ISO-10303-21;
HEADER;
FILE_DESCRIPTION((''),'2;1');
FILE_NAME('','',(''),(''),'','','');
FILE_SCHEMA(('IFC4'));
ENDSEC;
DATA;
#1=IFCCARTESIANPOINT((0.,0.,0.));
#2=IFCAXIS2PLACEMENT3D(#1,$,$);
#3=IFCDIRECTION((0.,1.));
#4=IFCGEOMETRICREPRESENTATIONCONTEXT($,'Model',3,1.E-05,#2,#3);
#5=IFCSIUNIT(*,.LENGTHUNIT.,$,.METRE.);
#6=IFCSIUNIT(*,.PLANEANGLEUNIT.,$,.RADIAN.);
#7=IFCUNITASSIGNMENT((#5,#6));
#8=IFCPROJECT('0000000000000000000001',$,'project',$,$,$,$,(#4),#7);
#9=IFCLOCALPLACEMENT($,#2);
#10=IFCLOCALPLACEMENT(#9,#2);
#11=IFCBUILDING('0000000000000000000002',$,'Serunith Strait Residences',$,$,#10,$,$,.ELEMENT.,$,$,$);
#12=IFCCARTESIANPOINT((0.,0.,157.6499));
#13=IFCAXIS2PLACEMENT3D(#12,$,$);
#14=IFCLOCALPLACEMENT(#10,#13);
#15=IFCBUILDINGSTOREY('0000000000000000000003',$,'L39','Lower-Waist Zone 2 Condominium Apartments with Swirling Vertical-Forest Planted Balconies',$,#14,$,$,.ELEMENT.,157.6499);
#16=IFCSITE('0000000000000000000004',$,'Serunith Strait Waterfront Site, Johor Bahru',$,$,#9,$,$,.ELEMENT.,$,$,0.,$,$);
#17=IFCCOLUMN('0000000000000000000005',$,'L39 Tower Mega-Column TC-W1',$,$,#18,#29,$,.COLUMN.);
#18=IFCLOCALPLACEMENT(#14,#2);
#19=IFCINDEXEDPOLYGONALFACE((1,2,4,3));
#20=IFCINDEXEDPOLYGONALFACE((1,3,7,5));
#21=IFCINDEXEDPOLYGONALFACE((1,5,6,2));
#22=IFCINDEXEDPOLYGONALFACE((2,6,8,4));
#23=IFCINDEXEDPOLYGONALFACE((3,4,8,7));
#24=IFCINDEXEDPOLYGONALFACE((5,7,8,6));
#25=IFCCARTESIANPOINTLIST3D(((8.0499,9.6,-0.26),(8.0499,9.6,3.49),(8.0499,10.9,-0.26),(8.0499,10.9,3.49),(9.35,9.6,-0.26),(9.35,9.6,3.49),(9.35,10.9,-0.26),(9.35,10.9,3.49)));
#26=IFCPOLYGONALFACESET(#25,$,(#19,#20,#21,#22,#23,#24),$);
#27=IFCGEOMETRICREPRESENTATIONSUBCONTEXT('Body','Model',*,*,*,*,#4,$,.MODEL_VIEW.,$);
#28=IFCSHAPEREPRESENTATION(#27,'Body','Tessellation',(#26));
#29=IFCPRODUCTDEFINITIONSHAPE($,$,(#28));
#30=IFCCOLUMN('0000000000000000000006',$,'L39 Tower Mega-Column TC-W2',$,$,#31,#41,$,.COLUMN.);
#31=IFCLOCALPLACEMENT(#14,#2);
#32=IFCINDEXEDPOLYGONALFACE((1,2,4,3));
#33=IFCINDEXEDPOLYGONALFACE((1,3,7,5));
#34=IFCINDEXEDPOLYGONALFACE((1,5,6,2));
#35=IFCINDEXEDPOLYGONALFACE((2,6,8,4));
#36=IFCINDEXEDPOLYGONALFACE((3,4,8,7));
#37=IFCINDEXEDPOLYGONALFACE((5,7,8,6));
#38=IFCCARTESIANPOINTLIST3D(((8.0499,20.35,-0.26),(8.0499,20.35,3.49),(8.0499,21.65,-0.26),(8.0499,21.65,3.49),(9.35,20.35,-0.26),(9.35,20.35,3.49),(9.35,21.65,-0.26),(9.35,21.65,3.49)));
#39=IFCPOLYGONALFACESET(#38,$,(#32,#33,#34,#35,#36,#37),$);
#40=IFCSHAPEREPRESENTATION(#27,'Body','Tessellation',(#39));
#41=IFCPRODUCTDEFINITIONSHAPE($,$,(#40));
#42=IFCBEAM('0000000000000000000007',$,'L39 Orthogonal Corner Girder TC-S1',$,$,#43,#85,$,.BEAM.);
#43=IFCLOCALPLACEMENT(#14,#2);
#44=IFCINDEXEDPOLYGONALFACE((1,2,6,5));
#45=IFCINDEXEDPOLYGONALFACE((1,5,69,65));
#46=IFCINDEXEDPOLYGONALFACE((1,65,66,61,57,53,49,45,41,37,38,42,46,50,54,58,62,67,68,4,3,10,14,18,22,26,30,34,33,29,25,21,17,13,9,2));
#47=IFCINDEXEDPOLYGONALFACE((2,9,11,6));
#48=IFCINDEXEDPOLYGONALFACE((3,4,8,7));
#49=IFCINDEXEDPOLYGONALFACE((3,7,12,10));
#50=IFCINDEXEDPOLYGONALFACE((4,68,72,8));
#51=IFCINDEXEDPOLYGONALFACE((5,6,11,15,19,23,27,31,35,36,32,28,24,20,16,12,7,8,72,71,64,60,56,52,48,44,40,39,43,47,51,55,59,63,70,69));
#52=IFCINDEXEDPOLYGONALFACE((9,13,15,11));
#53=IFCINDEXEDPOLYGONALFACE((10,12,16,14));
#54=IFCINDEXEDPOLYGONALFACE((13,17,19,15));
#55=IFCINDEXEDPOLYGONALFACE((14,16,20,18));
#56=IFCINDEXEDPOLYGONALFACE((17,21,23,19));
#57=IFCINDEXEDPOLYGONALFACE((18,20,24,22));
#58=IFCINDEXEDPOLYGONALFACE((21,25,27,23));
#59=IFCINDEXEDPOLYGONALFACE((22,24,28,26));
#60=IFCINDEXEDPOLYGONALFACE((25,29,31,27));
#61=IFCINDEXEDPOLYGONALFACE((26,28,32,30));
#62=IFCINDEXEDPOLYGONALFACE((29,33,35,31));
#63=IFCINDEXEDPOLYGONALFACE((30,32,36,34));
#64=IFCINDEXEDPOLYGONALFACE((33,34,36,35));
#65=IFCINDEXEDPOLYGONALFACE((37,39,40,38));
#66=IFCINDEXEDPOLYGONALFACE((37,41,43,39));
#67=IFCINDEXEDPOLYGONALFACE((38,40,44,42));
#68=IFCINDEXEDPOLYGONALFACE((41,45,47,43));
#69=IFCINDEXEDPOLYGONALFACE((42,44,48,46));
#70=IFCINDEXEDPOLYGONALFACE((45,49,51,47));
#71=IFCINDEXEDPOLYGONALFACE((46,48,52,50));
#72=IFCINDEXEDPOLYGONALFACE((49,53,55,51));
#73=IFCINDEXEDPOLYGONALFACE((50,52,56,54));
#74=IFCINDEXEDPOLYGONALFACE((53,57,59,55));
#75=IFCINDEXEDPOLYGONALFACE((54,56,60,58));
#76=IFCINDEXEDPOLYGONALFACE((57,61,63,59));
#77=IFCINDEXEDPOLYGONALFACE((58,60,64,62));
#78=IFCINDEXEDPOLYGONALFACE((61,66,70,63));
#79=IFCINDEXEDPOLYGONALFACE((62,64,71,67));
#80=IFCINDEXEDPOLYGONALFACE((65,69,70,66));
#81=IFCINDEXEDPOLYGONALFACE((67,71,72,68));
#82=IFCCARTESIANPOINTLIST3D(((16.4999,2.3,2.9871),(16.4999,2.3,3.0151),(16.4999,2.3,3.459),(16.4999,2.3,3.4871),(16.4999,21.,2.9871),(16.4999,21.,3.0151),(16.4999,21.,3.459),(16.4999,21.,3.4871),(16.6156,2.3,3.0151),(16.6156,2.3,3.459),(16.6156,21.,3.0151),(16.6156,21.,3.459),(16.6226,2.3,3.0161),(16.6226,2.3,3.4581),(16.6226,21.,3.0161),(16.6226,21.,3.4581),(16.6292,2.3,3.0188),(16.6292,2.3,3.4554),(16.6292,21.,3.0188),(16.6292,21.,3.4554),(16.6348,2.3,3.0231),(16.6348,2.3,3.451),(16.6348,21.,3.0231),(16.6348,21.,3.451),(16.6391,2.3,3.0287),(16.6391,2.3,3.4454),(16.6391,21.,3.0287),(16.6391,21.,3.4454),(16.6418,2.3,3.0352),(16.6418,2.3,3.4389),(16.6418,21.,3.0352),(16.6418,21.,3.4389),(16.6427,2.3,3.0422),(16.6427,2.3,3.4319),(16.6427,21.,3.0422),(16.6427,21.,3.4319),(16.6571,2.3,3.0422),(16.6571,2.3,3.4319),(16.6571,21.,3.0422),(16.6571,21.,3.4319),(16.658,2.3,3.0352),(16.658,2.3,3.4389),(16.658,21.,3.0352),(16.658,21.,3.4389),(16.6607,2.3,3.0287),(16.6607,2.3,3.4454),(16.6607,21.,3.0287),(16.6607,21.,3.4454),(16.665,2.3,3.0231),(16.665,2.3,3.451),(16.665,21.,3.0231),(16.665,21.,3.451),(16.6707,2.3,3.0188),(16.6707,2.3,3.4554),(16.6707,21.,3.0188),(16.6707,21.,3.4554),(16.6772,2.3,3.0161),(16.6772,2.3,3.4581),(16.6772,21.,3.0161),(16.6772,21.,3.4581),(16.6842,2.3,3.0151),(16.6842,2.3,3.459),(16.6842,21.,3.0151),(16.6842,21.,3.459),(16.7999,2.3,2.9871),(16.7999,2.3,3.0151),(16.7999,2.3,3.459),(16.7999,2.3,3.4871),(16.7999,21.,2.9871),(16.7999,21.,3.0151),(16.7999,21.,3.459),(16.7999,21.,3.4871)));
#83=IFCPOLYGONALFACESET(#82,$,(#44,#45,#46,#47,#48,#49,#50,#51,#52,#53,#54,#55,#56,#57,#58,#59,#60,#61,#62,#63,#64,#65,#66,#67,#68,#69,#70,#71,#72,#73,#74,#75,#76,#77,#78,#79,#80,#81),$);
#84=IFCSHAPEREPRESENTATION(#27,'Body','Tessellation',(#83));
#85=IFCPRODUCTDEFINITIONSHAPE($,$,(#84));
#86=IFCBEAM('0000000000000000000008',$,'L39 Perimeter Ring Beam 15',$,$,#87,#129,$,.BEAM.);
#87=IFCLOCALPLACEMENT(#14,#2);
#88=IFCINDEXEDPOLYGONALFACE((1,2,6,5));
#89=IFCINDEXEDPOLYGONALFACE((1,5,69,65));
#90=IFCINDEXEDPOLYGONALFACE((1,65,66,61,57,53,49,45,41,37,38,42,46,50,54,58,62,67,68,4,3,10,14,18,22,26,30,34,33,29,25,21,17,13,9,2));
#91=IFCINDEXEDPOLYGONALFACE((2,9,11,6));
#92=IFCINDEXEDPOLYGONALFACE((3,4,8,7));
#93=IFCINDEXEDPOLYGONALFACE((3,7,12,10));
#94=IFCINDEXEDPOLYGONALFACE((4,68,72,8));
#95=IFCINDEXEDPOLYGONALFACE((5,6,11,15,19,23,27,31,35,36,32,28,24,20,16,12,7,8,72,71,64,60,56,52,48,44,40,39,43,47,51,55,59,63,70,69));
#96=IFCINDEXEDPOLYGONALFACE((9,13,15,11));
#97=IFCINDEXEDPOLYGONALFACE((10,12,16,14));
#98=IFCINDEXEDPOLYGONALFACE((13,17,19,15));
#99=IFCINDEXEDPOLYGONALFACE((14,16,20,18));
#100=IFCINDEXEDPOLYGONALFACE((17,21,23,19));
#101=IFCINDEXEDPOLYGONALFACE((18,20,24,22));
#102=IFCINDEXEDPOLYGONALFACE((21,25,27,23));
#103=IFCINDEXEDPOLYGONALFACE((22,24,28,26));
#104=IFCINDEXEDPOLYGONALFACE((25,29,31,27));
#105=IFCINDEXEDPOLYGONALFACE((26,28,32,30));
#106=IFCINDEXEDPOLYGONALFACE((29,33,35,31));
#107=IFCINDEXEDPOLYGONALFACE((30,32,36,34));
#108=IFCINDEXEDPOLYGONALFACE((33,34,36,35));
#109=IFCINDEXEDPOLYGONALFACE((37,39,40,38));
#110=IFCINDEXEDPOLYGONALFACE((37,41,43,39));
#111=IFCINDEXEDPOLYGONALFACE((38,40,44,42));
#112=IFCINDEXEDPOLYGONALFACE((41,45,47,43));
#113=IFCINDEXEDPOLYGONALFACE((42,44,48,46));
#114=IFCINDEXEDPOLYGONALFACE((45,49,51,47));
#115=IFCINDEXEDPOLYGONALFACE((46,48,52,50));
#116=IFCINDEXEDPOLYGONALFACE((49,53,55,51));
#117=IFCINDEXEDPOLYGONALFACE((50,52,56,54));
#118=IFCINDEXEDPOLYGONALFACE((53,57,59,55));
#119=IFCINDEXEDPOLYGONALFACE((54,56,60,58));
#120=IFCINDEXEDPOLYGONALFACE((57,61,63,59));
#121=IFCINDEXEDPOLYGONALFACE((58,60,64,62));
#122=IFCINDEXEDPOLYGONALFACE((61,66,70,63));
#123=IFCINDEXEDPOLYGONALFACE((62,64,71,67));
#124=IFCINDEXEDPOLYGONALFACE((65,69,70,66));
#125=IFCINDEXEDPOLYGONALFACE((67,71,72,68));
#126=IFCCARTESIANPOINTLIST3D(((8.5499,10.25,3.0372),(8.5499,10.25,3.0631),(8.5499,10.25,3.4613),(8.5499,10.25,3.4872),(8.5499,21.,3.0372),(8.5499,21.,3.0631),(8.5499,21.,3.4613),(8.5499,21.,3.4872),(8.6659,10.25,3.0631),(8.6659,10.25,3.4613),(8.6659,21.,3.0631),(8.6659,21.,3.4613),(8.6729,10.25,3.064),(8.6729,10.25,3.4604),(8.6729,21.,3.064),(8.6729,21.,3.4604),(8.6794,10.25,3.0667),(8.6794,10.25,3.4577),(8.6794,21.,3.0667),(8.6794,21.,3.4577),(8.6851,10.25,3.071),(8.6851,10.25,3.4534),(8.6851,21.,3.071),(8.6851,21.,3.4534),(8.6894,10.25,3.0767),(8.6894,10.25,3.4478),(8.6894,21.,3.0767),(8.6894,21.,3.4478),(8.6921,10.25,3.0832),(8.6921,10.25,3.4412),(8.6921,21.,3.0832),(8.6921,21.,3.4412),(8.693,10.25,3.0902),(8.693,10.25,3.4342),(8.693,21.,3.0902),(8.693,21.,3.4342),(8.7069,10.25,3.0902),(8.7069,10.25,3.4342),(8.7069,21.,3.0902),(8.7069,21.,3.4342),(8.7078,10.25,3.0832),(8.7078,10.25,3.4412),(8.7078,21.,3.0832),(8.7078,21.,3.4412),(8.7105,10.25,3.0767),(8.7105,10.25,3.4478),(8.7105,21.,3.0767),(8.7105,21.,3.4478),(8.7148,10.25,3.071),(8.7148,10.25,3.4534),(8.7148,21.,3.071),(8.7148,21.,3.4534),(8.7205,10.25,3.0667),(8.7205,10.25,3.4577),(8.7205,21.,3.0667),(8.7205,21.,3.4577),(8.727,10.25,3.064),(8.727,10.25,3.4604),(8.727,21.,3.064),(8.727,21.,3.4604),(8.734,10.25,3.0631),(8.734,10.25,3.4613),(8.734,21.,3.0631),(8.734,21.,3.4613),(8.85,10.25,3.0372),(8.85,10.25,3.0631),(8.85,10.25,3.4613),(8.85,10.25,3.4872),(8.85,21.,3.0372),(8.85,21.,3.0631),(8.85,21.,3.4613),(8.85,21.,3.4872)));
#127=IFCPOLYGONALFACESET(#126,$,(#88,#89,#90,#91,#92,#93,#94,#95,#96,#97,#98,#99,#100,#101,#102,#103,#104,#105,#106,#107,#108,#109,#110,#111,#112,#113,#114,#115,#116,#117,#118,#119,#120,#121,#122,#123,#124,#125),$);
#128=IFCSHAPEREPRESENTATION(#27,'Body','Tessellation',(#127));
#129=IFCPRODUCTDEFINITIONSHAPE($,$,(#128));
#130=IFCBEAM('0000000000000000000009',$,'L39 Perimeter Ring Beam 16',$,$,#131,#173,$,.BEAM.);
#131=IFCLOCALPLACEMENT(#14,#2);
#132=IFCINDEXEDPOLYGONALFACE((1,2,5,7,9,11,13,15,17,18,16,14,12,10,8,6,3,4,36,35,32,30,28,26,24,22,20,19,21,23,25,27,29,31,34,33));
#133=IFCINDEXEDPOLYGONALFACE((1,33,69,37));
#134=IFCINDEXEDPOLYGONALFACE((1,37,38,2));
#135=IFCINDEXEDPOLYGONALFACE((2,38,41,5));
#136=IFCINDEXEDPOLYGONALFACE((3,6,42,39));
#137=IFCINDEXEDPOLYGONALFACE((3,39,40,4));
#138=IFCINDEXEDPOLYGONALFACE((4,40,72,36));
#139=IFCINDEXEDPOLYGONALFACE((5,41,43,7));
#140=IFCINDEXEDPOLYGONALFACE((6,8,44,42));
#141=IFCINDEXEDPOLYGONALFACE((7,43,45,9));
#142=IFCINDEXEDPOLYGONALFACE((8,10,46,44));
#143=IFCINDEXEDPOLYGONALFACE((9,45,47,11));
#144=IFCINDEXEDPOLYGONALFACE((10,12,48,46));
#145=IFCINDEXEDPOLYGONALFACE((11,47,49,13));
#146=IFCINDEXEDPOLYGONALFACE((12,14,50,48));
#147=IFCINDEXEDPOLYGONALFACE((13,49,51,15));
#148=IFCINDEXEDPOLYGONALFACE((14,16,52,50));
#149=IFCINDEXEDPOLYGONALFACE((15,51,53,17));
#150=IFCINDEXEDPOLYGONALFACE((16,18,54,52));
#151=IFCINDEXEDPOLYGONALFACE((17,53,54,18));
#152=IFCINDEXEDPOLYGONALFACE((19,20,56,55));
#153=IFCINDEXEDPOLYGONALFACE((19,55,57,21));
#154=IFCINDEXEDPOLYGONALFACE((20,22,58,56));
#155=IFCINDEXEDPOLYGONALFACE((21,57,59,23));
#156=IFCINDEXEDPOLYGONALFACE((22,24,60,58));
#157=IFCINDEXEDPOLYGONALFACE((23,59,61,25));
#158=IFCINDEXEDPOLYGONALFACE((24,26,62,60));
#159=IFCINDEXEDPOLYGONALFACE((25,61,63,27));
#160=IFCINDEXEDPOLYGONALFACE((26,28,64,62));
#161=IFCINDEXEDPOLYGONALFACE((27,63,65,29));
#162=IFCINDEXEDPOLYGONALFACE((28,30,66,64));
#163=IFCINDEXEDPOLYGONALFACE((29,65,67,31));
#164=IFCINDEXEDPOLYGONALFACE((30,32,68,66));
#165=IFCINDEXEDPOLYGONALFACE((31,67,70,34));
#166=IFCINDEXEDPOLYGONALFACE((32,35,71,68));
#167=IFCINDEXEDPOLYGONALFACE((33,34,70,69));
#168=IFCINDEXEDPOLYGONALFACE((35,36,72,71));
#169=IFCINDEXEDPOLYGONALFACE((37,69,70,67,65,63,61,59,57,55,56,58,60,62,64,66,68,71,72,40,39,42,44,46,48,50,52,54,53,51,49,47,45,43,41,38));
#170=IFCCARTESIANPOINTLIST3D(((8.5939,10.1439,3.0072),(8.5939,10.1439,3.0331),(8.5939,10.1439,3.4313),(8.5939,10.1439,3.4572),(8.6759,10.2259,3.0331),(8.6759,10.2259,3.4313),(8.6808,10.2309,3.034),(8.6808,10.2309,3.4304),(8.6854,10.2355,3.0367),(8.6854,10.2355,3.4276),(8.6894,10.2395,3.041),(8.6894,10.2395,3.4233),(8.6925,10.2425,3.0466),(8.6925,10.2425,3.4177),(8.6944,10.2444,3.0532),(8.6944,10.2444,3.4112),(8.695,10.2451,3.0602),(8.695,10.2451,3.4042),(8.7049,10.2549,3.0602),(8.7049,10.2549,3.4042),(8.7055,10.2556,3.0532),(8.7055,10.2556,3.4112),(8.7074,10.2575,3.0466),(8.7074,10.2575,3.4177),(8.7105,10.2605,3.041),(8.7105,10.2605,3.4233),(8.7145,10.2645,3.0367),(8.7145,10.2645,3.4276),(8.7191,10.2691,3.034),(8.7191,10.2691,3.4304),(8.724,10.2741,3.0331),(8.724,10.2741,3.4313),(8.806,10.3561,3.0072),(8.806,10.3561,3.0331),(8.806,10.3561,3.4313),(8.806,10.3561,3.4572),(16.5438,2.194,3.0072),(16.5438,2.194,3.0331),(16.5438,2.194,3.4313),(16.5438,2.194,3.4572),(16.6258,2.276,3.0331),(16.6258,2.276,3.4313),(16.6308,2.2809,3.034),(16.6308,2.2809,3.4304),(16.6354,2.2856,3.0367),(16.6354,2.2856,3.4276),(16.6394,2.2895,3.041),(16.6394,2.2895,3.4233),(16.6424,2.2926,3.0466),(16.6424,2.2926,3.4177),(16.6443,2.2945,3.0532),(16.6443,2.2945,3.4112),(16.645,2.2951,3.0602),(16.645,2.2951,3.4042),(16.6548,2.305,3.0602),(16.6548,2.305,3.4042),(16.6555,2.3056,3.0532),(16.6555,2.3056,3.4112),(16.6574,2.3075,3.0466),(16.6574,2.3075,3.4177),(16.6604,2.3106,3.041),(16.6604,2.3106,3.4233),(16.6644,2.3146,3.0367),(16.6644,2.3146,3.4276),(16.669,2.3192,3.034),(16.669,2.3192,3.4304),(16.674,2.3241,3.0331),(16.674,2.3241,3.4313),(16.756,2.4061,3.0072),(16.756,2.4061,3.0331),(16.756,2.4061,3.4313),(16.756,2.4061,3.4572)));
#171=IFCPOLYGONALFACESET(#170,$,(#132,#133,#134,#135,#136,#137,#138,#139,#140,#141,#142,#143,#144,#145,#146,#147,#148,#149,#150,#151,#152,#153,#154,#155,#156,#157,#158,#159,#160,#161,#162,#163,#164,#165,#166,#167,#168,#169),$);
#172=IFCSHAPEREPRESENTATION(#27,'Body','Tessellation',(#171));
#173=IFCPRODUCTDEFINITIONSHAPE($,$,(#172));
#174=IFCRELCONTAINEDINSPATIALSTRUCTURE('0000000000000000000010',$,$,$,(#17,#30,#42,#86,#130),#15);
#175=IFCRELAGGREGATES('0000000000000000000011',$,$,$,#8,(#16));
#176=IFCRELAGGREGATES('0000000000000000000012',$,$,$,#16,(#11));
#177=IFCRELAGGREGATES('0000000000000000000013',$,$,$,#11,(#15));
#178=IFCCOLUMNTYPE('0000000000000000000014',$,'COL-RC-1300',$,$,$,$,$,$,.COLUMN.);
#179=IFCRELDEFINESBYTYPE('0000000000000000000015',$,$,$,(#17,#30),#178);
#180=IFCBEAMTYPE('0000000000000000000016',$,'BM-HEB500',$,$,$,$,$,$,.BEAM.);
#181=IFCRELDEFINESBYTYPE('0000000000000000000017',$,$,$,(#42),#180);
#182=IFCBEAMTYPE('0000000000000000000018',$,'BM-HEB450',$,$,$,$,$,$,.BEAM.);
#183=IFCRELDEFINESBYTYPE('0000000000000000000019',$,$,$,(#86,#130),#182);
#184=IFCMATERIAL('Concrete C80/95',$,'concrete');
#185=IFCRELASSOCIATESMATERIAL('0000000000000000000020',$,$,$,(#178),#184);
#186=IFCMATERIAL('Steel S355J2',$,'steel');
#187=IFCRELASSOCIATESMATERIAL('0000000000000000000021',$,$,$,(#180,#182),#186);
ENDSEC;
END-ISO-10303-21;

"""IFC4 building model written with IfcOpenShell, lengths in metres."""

from ifc_helpers import new_model, si_unit, direction, frame, origin, origin_2d, place, context, subcontext, project, spatial, rectangle, i_section, extrude, source, transform, mapped, material, material_profile, profile_set, type_object, element, save


model = new_model("IFC4")

# Units and contexts
model_context = context("Model", 3, precision=1e-05, world=origin(), true_north=direction((0.0, 1.0)))
body_context = subcontext(model_context, "Body", "Model", "MODEL_VIEW")
ifc_project = project(units=[si_unit("LENGTHUNIT", "METRE"), si_unit("PLANEANGLEUNIT", "RADIAN")], contexts=[model_context])

# Site, building, storey
site_placement = place(None, origin())
site = spatial("IfcSite", under=ifc_project, at=site_placement, Name="Serunith Strait Waterfront Site, Johor Bahru", CompositionType="ELEMENT", RefElevation=0.0)
building_placement = place(site_placement, origin())
building = spatial("IfcBuilding", under=site, at=building_placement, Name="Serunith Strait Residences", CompositionType="ELEMENT")
storey_placement = place(building_placement, frame((0.0, 0.0, 157.6499)))
storey = spatial("IfcBuildingStorey", under=building, at=storey_placement, Name="L39", Description="Lower-Waist Zone 2 Condominium Apartments with Swirling Vertical-Forest Planted Balconies", CompositionType="ELEMENT", Elevation=157.6499)

# Columns
ifc_material_1 = material(Name="Concrete C80/95", Category="concrete")
ifc_material_profile_1 = material_profile(ifc_material_1, rectangle(XDim=1.3, YDim=1.3, at=origin_2d()), Name="RC 1300x1300")
ifc_profile_set_1 = profile_set([ifc_material_profile_1], Name="Concrete C80/95")
column_type = type_object("IfcColumnType", Name="COL-RC-1300", PredefinedType="COLUMN", material=ifc_profile_set_1)
shared_shape_1 = source(origin(), body_context, "Body", "SweptSolid", [
    extrude(rectangle(XDim=1.3, YDim=1.3, at=origin_2d()), origin(), (0.0, 0.0, 1.0), 3.75),
])
for number, where, z_axis, x_axis, name in (
    (1, (8.7, 10.25, -0.26), (0.0, 0.0, 1.0), (1.0, 0.0, 0.0), "L39 Tower Mega-Column TC-W1"),
    (2, (8.7, 21.0, -0.26), (0.0, 0.0, 1.0), (1.0, 0.0, 0.0), "L39 Tower Mega-Column TC-W2"),
):
    element("IfcColumn", number, at=place(storey_placement, frame(where, z_axis=z_axis, x_axis=x_axis)), inside=storey, type_object=column_type, Name=name, PredefinedType="COLUMN", context=body_context, shape_type="MappedRepresentation", body=[
        mapped(shared_shape_1, transform((0.0, 0.0, 0.0), scale=1.0)),
    ])

# Beams
ifc_material_2 = material(Name="Steel S355J2", Category="steel")
ifc_material_profile_2 = material_profile(ifc_material_2, i_section(OverallWidth=0.3, OverallDepth=0.5, WebThickness=0.0144, FlangeThickness=0.0281, FilletRadius=0.0271, at=origin_2d()), Name="HEB 500")
ifc_profile_set_2 = profile_set([ifc_material_profile_2], Name="Steel S355J2")
beam_type_1 = type_object("IfcBeamType", Name="BM-HEB500", PredefinedType="BEAM", material=ifc_profile_set_2)
shared_shape_2 = source(origin(), body_context, "Body", "SweptSolid", [
    extrude(i_section(OverallWidth=0.3, OverallDepth=0.5, WebThickness=0.0144, FlangeThickness=0.0281, FilletRadius=0.0271, at=origin_2d()), origin(), (0.0, 0.0, 1.0), 18.7),
])
beam_1_placement = place(storey_placement, frame((16.6499, 21.0, 3.2371), z_axis=(0.0, -1.0, 0.0), x_axis=(1.0, 0.0, 0.0)))
element("IfcBeam", 3, at=beam_1_placement, inside=storey, type_object=beam_type_1, Name="L39 Orthogonal Corner Girder TC-S1", PredefinedType="BEAM", context=body_context, shape_type="MappedRepresentation", body=[
    mapped(shared_shape_2, transform((0.0, 0.0, 0.0), scale=1.0)),
])
ifc_material_profile_3 = material_profile(ifc_material_2, i_section(OverallWidth=0.3, OverallDepth=0.45, WebThickness=0.0139, FlangeThickness=0.0259, FilletRadius=0.0271, at=origin_2d()), Name="HEB 450")
ifc_profile_set_3 = profile_set([ifc_material_profile_3], Name="Steel S355J2")
beam_type_2 = type_object("IfcBeamType", Name="BM-HEB450", PredefinedType="BEAM", material=ifc_profile_set_3)
shared_shape_3 = source(origin(), body_context, "Body", "SweptSolid", [
    extrude(i_section(OverallWidth=0.3, OverallDepth=0.45, WebThickness=0.0139, FlangeThickness=0.0259, FilletRadius=0.0271, at=origin_2d()), origin(), (0.0, 0.0, 1.0), 10.75),
])
beam_2_placement = place(storey_placement, frame((8.7, 21.0, 3.2622), z_axis=(0.0, -1.0, 0.0), x_axis=(1.0, 0.0, 0.0)))
element("IfcBeam", 4, at=beam_2_placement, inside=storey, type_object=beam_type_2, Name="L39 Perimeter Ring Beam 15", PredefinedType="BEAM", context=body_context, shape_type="MappedRepresentation", body=[
    mapped(shared_shape_3, transform((0.0, 0.0, 0.0), scale=1.0)),
])
shared_shape_4 = source(origin(), body_context, "Body", "SweptSolid", [
    extrude(i_section(OverallWidth=0.3, OverallDepth=0.45, WebThickness=0.0139, FlangeThickness=0.0259, FilletRadius=0.0271, at=origin_2d()), origin(), (0.0, 0.0, 1.0), 11.2429),
])
beam_3_placement = place(storey_placement, frame((8.7, 10.25, 3.2322), z_axis=(0.707107, -0.707107, 0.0), x_axis=(0.707107, 0.707107, 0.0)))
element("IfcBeam", 5, at=beam_3_placement, inside=storey, type_object=beam_type_2, Name="L39 Perimeter Ring Beam 16", PredefinedType="BEAM", context=body_context, shape_type="MappedRepresentation", body=[
    mapped(shared_shape_4, transform((0.0, 0.0, 0.0), scale=1.0)),
])

save(model, "model.ifc")
